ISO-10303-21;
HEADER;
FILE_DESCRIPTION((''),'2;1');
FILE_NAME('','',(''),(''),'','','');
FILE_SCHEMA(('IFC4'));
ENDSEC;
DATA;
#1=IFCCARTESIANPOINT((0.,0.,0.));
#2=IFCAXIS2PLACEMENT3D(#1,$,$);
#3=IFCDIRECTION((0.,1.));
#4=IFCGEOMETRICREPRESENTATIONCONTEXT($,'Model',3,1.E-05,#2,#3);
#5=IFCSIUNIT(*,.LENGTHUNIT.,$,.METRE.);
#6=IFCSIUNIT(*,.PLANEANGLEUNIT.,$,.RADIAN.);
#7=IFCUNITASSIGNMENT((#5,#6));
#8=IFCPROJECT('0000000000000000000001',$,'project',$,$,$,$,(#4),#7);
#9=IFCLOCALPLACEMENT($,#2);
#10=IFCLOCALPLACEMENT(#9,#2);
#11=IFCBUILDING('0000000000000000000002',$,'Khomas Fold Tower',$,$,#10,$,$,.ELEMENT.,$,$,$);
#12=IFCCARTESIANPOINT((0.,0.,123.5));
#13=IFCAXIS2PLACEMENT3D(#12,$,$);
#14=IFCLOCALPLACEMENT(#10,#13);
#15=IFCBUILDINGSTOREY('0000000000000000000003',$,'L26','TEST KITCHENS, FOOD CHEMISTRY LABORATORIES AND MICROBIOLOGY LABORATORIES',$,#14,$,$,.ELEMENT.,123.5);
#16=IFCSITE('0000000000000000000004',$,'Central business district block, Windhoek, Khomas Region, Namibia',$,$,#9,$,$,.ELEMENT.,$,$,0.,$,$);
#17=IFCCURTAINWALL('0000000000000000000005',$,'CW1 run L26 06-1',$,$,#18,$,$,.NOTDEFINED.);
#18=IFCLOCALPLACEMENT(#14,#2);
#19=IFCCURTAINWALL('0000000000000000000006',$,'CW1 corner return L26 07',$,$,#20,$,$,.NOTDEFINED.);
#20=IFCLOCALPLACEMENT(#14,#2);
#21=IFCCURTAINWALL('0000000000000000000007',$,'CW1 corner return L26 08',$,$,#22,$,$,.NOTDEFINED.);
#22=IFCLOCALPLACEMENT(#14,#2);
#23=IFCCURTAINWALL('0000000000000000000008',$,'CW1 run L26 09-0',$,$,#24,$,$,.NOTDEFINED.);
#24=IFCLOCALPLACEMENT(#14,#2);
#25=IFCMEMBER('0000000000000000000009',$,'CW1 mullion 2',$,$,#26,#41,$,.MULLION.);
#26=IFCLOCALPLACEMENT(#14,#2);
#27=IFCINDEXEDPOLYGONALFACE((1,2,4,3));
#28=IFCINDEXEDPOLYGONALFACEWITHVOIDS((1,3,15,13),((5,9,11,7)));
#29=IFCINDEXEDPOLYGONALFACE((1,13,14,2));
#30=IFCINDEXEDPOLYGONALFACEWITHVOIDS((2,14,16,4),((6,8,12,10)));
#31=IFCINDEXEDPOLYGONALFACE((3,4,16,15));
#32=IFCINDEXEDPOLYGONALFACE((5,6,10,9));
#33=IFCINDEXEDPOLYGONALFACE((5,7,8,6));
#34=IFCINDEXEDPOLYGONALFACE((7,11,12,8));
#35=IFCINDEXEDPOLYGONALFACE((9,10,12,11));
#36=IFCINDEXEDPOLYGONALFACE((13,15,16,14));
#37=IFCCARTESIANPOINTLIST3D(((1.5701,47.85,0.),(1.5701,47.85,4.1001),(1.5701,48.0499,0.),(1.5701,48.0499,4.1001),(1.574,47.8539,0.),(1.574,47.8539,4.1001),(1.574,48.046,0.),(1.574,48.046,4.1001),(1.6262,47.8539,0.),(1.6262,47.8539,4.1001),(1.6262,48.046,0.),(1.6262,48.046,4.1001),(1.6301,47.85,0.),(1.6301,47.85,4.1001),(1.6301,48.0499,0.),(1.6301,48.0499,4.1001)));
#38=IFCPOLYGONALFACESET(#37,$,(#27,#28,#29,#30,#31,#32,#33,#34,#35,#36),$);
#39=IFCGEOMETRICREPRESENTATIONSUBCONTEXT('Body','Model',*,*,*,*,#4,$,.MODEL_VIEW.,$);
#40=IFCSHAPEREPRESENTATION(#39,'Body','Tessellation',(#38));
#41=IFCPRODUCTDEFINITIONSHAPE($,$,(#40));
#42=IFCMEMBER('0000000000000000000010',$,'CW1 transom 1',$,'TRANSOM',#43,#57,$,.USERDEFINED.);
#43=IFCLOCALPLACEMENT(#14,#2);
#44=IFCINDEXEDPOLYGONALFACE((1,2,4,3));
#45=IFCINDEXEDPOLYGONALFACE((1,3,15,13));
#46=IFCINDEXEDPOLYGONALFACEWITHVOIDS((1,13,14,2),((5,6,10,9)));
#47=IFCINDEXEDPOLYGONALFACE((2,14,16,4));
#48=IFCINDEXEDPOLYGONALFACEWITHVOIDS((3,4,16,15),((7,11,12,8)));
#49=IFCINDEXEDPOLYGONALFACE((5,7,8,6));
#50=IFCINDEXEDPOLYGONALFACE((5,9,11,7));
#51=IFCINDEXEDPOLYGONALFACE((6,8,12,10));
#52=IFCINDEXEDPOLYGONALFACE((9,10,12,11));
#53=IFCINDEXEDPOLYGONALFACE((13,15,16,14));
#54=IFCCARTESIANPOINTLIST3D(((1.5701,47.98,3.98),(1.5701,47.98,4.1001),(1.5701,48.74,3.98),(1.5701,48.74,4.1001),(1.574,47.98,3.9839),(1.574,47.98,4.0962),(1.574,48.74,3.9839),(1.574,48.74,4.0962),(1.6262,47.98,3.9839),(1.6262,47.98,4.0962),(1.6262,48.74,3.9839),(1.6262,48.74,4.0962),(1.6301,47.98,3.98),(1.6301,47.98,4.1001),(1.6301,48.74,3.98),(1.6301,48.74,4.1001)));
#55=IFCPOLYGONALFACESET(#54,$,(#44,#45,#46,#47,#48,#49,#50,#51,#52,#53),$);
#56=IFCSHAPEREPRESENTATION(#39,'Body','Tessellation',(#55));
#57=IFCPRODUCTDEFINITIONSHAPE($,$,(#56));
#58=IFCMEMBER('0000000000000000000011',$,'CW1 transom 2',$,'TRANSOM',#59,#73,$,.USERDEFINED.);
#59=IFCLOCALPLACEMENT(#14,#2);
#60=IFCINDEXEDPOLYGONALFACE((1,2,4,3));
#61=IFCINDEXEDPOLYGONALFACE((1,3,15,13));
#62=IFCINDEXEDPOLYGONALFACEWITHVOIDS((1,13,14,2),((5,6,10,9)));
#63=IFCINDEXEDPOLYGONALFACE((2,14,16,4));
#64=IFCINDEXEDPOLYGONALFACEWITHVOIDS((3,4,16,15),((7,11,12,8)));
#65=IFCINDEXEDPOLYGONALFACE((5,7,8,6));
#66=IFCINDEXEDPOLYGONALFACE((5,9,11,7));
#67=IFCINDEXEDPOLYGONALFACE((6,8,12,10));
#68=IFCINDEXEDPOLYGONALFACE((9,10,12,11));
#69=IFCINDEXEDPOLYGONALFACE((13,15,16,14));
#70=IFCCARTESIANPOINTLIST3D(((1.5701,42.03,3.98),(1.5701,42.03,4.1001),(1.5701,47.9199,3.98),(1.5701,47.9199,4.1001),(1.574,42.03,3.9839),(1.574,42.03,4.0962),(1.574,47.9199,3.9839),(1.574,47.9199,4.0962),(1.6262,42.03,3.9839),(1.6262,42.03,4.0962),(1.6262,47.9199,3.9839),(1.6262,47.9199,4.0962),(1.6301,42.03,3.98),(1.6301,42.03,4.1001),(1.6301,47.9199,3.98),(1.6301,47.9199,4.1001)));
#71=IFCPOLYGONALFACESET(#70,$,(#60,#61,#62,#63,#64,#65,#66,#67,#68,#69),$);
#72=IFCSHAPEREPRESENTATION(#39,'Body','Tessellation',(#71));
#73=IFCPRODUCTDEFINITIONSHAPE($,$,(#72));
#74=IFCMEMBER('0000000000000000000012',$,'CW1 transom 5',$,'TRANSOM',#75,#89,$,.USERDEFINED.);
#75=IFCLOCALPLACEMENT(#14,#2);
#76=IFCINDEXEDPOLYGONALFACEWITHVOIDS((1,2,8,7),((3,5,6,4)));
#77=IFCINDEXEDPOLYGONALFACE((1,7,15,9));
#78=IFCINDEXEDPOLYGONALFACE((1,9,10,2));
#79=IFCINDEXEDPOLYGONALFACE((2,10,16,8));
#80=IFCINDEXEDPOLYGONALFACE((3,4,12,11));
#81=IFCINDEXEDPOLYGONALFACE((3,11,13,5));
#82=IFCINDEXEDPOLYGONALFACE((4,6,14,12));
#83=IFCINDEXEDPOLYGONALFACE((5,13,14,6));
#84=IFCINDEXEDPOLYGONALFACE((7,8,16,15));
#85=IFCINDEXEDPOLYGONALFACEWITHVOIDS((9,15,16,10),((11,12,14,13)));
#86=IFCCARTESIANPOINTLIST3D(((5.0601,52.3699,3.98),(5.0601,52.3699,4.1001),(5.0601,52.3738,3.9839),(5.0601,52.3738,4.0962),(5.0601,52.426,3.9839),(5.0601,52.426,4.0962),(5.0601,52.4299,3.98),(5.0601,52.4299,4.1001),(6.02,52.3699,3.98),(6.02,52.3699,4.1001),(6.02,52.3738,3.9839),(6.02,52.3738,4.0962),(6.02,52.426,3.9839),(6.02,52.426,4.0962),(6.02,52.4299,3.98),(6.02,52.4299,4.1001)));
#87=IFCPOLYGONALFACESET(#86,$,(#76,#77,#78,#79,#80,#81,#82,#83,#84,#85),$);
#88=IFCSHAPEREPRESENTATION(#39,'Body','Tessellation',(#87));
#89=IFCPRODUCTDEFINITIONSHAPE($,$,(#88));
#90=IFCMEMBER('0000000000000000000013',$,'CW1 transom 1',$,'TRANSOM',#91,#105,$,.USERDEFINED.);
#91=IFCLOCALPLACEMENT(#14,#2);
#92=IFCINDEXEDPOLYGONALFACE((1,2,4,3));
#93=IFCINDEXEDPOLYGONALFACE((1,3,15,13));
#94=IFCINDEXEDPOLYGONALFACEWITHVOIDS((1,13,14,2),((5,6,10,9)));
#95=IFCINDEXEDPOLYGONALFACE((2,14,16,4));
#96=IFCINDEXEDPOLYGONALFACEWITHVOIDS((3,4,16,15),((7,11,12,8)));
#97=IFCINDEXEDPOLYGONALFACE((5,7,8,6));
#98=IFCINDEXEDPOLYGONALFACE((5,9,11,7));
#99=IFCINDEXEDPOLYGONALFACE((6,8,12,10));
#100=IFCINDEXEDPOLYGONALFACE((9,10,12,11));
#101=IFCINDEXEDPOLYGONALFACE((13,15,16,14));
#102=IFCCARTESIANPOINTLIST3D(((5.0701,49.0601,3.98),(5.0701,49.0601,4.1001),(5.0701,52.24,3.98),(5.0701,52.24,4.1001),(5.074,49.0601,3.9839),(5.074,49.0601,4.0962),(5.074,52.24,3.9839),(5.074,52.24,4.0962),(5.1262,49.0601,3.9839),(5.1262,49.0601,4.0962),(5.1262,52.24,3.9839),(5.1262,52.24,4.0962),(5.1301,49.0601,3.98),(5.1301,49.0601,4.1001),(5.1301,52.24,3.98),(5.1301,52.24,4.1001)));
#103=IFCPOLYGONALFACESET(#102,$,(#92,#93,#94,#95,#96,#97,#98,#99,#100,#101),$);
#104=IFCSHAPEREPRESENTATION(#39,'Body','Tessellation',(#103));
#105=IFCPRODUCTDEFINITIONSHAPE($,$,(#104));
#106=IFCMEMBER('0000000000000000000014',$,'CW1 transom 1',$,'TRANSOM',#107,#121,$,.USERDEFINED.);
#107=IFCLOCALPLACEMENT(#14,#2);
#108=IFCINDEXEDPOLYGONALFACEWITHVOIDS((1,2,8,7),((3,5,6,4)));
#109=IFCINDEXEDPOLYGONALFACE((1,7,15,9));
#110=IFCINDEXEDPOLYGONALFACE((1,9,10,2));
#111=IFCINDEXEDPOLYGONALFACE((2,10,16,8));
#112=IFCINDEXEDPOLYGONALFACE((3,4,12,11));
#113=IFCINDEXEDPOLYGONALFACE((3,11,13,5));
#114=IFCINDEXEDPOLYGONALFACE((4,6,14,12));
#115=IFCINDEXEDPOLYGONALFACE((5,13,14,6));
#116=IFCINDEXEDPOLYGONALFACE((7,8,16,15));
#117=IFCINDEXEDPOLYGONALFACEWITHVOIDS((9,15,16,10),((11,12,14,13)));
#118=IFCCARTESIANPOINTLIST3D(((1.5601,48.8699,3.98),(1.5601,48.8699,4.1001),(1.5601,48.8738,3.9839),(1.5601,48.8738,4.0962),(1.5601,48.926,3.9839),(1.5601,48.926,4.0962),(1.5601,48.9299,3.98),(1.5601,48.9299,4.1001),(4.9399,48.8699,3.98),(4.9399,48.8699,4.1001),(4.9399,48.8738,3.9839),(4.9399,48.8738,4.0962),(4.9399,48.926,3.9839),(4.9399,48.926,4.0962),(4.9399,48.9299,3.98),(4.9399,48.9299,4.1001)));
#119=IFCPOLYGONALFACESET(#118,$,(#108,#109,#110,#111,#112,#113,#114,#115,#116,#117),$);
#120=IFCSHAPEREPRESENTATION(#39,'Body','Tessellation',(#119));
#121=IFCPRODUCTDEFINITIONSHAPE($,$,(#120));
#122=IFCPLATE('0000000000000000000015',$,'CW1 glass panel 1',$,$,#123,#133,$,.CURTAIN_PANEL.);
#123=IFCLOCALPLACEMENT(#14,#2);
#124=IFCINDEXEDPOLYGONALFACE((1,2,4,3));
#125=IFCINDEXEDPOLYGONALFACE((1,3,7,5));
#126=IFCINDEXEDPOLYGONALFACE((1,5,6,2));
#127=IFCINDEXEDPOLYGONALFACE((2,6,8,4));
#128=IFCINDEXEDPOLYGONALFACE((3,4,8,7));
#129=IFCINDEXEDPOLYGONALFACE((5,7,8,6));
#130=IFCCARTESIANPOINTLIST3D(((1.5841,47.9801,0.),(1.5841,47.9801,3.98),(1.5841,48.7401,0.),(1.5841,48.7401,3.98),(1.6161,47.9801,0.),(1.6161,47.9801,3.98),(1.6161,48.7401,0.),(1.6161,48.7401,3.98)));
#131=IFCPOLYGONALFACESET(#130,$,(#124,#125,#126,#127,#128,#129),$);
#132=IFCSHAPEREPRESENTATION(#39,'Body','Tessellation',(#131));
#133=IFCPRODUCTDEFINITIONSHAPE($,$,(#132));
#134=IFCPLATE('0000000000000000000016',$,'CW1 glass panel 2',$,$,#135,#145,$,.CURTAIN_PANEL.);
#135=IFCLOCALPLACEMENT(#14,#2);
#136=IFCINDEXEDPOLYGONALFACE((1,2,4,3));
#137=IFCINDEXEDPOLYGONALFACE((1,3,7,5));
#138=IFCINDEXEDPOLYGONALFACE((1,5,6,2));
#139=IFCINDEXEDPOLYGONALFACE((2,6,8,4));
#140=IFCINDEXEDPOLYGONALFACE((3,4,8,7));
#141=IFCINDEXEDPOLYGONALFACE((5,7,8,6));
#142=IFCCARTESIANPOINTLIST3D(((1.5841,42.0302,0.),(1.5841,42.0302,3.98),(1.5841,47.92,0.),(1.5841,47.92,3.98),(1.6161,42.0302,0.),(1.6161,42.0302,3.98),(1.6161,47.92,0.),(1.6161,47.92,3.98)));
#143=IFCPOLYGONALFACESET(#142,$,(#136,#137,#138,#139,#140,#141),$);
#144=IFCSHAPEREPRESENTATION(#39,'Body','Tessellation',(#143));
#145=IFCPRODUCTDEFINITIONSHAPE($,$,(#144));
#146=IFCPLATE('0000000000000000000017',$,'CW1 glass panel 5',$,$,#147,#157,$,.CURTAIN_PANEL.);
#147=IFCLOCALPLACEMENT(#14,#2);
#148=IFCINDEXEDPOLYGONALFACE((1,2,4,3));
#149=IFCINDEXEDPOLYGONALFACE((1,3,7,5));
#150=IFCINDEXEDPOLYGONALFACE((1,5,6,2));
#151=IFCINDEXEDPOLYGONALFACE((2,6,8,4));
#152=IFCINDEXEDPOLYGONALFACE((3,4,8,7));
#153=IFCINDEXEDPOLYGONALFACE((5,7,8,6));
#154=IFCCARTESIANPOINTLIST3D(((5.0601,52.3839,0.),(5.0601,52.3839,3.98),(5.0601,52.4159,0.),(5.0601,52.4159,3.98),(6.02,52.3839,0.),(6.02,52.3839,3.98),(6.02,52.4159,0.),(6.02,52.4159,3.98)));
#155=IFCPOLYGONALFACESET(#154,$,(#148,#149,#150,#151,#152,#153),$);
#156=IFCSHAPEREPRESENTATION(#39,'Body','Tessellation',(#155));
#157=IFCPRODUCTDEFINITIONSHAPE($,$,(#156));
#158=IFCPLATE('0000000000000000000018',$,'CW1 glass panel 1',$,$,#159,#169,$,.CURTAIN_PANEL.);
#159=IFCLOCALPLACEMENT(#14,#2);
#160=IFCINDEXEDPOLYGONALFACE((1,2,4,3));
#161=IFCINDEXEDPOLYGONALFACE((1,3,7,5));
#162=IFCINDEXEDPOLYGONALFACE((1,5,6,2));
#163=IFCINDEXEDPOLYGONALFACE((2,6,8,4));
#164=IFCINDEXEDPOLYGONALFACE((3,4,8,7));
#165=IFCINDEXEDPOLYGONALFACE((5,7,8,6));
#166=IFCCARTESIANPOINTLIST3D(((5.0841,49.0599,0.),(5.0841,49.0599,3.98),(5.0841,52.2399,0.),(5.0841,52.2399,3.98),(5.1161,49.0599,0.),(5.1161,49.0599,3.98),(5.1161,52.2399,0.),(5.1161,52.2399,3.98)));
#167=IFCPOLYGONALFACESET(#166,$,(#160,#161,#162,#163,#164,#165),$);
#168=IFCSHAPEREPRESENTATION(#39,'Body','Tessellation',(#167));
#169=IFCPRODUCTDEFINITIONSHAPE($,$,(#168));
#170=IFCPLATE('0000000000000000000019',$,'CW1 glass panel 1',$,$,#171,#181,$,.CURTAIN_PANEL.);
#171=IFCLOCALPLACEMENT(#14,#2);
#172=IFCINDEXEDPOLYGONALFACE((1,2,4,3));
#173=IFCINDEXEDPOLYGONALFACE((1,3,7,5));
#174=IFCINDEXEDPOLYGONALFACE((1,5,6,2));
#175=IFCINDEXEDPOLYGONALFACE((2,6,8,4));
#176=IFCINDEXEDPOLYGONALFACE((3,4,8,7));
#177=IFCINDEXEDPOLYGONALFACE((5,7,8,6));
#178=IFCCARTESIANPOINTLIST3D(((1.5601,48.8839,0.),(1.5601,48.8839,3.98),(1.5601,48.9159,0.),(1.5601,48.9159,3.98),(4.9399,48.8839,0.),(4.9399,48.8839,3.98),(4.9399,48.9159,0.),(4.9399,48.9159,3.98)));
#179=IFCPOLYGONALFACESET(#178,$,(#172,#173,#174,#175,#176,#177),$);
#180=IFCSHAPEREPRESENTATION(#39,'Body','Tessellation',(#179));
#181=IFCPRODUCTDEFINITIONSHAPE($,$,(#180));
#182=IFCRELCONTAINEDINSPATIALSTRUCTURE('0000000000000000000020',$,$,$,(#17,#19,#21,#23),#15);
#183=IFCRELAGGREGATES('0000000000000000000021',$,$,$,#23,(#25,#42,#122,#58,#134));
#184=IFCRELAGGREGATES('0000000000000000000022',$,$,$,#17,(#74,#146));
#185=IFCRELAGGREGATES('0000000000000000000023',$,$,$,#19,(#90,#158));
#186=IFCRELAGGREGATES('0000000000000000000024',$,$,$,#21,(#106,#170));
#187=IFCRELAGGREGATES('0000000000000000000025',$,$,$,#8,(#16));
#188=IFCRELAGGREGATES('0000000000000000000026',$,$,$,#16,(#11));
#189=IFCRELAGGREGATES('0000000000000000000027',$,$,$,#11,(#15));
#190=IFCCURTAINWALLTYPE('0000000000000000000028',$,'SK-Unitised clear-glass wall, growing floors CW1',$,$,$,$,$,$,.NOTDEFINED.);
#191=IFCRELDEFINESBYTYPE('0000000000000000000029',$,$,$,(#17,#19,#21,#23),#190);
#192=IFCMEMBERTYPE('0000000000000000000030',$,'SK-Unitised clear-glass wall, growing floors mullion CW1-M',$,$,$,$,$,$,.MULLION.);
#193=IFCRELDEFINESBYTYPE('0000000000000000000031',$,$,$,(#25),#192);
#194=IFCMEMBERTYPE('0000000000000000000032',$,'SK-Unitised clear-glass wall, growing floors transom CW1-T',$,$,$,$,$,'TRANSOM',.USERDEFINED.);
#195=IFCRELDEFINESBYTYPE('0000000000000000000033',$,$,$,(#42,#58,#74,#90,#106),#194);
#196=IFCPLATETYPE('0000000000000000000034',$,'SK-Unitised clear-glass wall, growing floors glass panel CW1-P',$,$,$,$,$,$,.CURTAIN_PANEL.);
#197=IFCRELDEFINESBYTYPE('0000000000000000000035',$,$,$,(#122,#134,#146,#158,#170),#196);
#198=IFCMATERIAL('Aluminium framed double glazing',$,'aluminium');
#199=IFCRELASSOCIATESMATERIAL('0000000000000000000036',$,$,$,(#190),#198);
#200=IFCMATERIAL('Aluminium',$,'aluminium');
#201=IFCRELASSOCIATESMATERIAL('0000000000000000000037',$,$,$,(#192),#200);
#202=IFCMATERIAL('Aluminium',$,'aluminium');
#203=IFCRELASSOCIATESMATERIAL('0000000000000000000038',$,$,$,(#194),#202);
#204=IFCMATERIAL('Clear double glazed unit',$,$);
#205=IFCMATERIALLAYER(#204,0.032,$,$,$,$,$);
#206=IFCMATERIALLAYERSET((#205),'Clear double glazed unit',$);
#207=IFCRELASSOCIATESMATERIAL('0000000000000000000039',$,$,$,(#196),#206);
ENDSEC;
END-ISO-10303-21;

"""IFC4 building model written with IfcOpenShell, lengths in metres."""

from ifc_helpers import new_model, si_unit, direction, frame, origin, origin_2d, place, context, subcontext, project, spatial, rectangle, hollow_rectangle, extrude, source, transform, mapped, material, layer, layer_set, material_profile, profile_set, type_object, element, aggregate, save


model = new_model("IFC4")

# Units and contexts
model_context = context("Model", 3, precision=1e-05, world=origin(), true_north=direction((0.0, 1.0)))
body_context = subcontext(model_context, "Body", "Model", "MODEL_VIEW")
ifc_project = project(units=[si_unit("LENGTHUNIT", "METRE"), si_unit("PLANEANGLEUNIT", "RADIAN")], contexts=[model_context])

# Site, building, storey
site_placement = place(None, origin())
site = spatial("IfcSite", under=ifc_project, at=site_placement, Name="Central business district block, Windhoek, Khomas Region, Namibia", CompositionType="ELEMENT", RefElevation=0.0)
building_placement = place(site_placement, origin())
building = spatial("IfcBuilding", under=site, at=building_placement, Name="Khomas Fold Tower", CompositionType="ELEMENT")
storey_placement = place(building_placement, frame((0.0, 0.0, 123.5)))
storey = spatial("IfcBuildingStorey", under=building, at=storey_placement, Name="L26", Description="TEST KITCHENS, FOOD CHEMISTRY LABORATORIES AND MICROBIOLOGY LABORATORIES", CompositionType="ELEMENT", Elevation=123.5)

# Curtain wall
ifc_material_1 = material(Name="Aluminium framed double glazing", Category="aluminium")
curtain_wall_type = type_object("IfcCurtainWallType", Name="SK-Unitised clear-glass wall, growing floors CW1", PredefinedType="NOTDEFINED", material=ifc_material_1)
curtain_wall_1_placement = place(storey_placement, origin())
curtain_wall_1 = element("IfcCurtainWall", 1, at=curtain_wall_1_placement, inside=storey, type_object=curtain_wall_type, Name="CW1 run L26 06-1", PredefinedType="NOTDEFINED")
ifc_material_2 = material(Name="Aluminium", Category="aluminium")
ifc_material_profile_1 = material_profile(ifc_material_2, hollow_rectangle(XDim=0.0601, YDim=0.2, WallThickness=0.0039, at=origin_2d()), Name="SK-Unitised clear-glass wall, growing floors mullion CW1-M")
ifc_profile_set_1 = profile_set([ifc_material_profile_1], Name="Aluminium")
member_type_1 = type_object("IfcMemberType", Name="SK-Unitised clear-glass wall, growing floors mullion CW1-M", PredefinedType="MULLION", material=ifc_profile_set_1)
shared_shape_1 = source(origin(), body_context, "Body", "SweptSolid", [
    extrude(hollow_rectangle(XDim=0.0601, YDim=0.2, WallThickness=0.0039, at=origin_2d()), origin(), (0.0, 0.0, 1.0), 4.1001),
])

# Curtain walls, members
curtain_wall_2_placement = place(storey_placement, origin())
curtain_wall_2 = element("IfcCurtainWall", 2, at=curtain_wall_2_placement, inside=storey, type_object=curtain_wall_type, Name="CW1 corner return L26 07", PredefinedType="NOTDEFINED")
curtain_wall_3_placement = place(storey_placement, origin())
curtain_wall_3 = element("IfcCurtainWall", 3, at=curtain_wall_3_placement, inside=storey, type_object=curtain_wall_type, Name="CW1 corner return L26 08", PredefinedType="NOTDEFINED")
curtain_wall_4_placement = place(storey_placement, origin())
curtain_wall_4 = element("IfcCurtainWall", 4, at=curtain_wall_4_placement, inside=storey, type_object=curtain_wall_type, Name="CW1 run L26 09-0", PredefinedType="NOTDEFINED")
member_1_placement = place(storey_placement, frame((1.6001, 47.95, 0.0), z_axis=(0.0, 0.0, 1.0), x_axis=(1.0, 0.0, 0.0)))
member_1 = element("IfcMember", 5, at=member_1_placement, type_object=member_type_1, Name="CW1 mullion 2", PredefinedType="MULLION", context=body_context, shape_type="MappedRepresentation", body=[
    mapped(shared_shape_1, transform((0.0, 0.0, 0.0))),
])
ifc_material_3 = material(Name="Aluminium", Category="aluminium")
ifc_material_profile_2 = material_profile(ifc_material_3, hollow_rectangle(XDim=0.0601, YDim=0.1201, WallThickness=0.0039, at=origin_2d()), Name="SK-Unitised clear-glass wall, growing floors transom CW1-T")
ifc_profile_set_2 = profile_set([ifc_material_profile_2], Name="Aluminium")
member_type_2 = type_object("IfcMemberType", Name="SK-Unitised clear-glass wall, growing floors transom CW1-T", ElementType="TRANSOM", PredefinedType="USERDEFINED", material=ifc_profile_set_2)
shared_shape_2 = source(origin(), body_context, "Body", "SweptSolid", [
    extrude(hollow_rectangle(XDim=0.0601, YDim=0.1201, WallThickness=0.0039, at=origin_2d()), origin(), (0.0, 0.0, 1.0), 0.76),
])
member_2_placement = place(storey_placement, frame((1.6001, 48.74, 4.04), z_axis=(0.0, -1.0, 0.0), x_axis=(1.0, 0.0, 0.0)))
member_2 = element("IfcMember", 6, at=member_2_placement, type_object=member_type_2, Name="CW1 transom 1", ObjectType="TRANSOM", PredefinedType="USERDEFINED", context=body_context, shape_type="MappedRepresentation", body=[
    mapped(shared_shape_2, transform((0.0, 0.0, 0.0))),
])
shared_shape_3 = source(origin(), body_context, "Body", "SweptSolid", [
    extrude(hollow_rectangle(XDim=0.0601, YDim=0.1201, WallThickness=0.0039, at=origin_2d()), origin(), (0.0, 0.0, 1.0), 5.8899),
])
member_3_placement = place(storey_placement, frame((1.6001, 47.9199, 4.04), z_axis=(0.0, -1.0, 0.0), x_axis=(1.0, 0.0, 0.0)))
member_3 = element("IfcMember", 7, at=member_3_placement, type_object=member_type_2, Name="CW1 transom 2", ObjectType="TRANSOM", PredefinedType="USERDEFINED", context=body_context, shape_type="MappedRepresentation", body=[
    mapped(shared_shape_3, transform((0.0, 0.0, 0.0))),
])

# Members
shared_shape_4 = source(origin(), body_context, "Body", "SweptSolid", [
    extrude(hollow_rectangle(XDim=0.0601, YDim=0.1201, WallThickness=0.0039, at=origin_2d()), origin(), (0.0, 0.0, 1.0), 0.96),
])
member_4_placement = place(storey_placement, frame((6.02, 52.3999, 4.04), z_axis=(-1.0, 0.0, 0.0), x_axis=(0.0, -1.0, 0.0)))
member_4 = element("IfcMember", 8, at=member_4_placement, type_object=member_type_2, Name="CW1 transom 5", ObjectType="TRANSOM", PredefinedType="USERDEFINED", context=body_context, shape_type="MappedRepresentation", body=[
    mapped(shared_shape_4, transform((0.0, 0.0, 0.0))),
])
shared_shape_5 = source(origin(), body_context, "Body", "SweptSolid", [
    extrude(hollow_rectangle(XDim=0.0601, YDim=0.1201, WallThickness=0.0039, at=origin_2d()), origin(), (0.0, 0.0, 1.0), 3.1799),
])
member_5_placement = place(storey_placement, frame((5.1001, 52.24, 4.04), z_axis=(0.0, -1.0, 0.0), x_axis=(1.0, 0.0, 0.0)))
member_5 = element("IfcMember", 9, at=member_5_placement, type_object=member_type_2, Name="CW1 transom 1", ObjectType="TRANSOM", PredefinedType="USERDEFINED", context=body_context, shape_type="MappedRepresentation", body=[
    mapped(shared_shape_5, transform((0.0, 0.0, 0.0))),
])
shared_shape_6 = source(origin(), body_context, "Body", "SweptSolid", [
    extrude(hollow_rectangle(XDim=0.0601, YDim=0.1201, WallThickness=0.0039, at=origin_2d()), origin(), (0.0, 0.0, 1.0), 3.3799),
])
member_6_placement = place(storey_placement, frame((4.9399, 48.8999, 4.04), z_axis=(-1.0, 0.0, 0.0), x_axis=(0.0, -1.0, 0.0)))
member_6 = element("IfcMember", 10, at=member_6_placement, type_object=member_type_2, Name="CW1 transom 1", ObjectType="TRANSOM", PredefinedType="USERDEFINED", context=body_context, shape_type="MappedRepresentation", body=[
    mapped(shared_shape_6, transform((0.0, 0.0, 0.0))),
])

# Plates
ifc_material_4 = material(Name="Clear double glazed unit")
ifc_layer_1 = layer(ifc_material_4, 0.032)
ifc_layer_set_1 = layer_set([ifc_layer_1], Name="Clear double glazed unit")
plate_type = type_object("IfcPlateType", Name="SK-Unitised clear-glass wall, growing floors glass panel CW1-P", PredefinedType="CURTAIN_PANEL", material=ifc_layer_set_1)
shared_shape_7 = source(origin(), body_context, "Body", "SweptSolid", [
    extrude(rectangle(XDim=0.76, YDim=0.032, at=origin_2d()), origin(), (0.0, 0.0, 1.0), 3.98),
])
plate_1_placement = place(storey_placement, frame((1.6001, 48.3601, 0.0), z_axis=(0.0, 0.0, 1.0), x_axis=(0.0, -1.0, 0.0)))
plate_1 = element("IfcPlate", 11, at=plate_1_placement, type_object=plate_type, Name="CW1 glass panel 1", PredefinedType="CURTAIN_PANEL", context=body_context, shape_type="MappedRepresentation", body=[
    mapped(shared_shape_7, transform((0.0, 0.0, 0.0))),
])
shared_shape_8 = source(origin(), body_context, "Body", "SweptSolid", [
    extrude(rectangle(XDim=5.8899, YDim=0.032, at=origin_2d()), origin(), (0.0, 0.0, 1.0), 3.98),
])
plate_2_placement = place(storey_placement, frame((1.6001, 44.9751, 0.0), z_axis=(0.0, 0.0, 1.0), x_axis=(0.0, -1.0, 0.0)))
plate_2 = element("IfcPlate", 12, at=plate_2_placement, type_object=plate_type, Name="CW1 glass panel 2", PredefinedType="CURTAIN_PANEL", context=body_context, shape_type="MappedRepresentation", body=[
    mapped(shared_shape_8, transform((0.0, 0.0, 0.0))),
])
aggregate(curtain_wall_4, [member_1, member_2, plate_1, member_3, plate_2])
shared_shape_9 = source(origin(), body_context, "Body", "SweptSolid", [
    extrude(rectangle(XDim=0.96, YDim=0.032, at=origin_2d()), origin(), (0.0, 0.0, 1.0), 3.98),
])
plate_3_placement = place(storey_placement, frame((5.54, 52.3999, 0.0), z_axis=(0.0, 0.0, 1.0), x_axis=(-1.0, 0.0, 0.0)))
plate_3 = element("IfcPlate", 13, at=plate_3_placement, type_object=plate_type, Name="CW1 glass panel 5", PredefinedType="CURTAIN_PANEL", context=body_context, shape_type="MappedRepresentation", body=[
    mapped(shared_shape_9, transform((0.0, 0.0, 0.0))),
])
aggregate(curtain_wall_1, [member_4, plate_3])
shared_shape_10 = source(origin(), body_context, "Body", "SweptSolid", [
    extrude(rectangle(XDim=3.1799, YDim=0.032, at=origin_2d()), origin(), (0.0, 0.0, 1.0), 3.98),
])
plate_4_placement = place(storey_placement, frame((5.1001, 50.6499, 0.0), z_axis=(0.0, 0.0, 1.0), x_axis=(0.0, -1.0, 0.0)))
plate_4 = element("IfcPlate", 14, at=plate_4_placement, type_object=plate_type, Name="CW1 glass panel 1", PredefinedType="CURTAIN_PANEL", context=body_context, shape_type="MappedRepresentation", body=[
    mapped(shared_shape_10, transform((0.0, 0.0, 0.0))),
])
aggregate(curtain_wall_2, [member_5, plate_4])
shared_shape_11 = source(origin(), body_context, "Body", "SweptSolid", [
    extrude(rectangle(XDim=3.3799, YDim=0.032, at=origin_2d()), origin(), (0.0, 0.0, 1.0), 3.98),
])
plate_5_placement = place(storey_placement, frame((3.25, 48.8999, 0.0), z_axis=(0.0, 0.0, 1.0), x_axis=(-1.0, 0.0, 0.0)))
plate_5 = element("IfcPlate", 15, at=plate_5_placement, type_object=plate_type, Name="CW1 glass panel 1", PredefinedType="CURTAIN_PANEL", context=body_context, shape_type="MappedRepresentation", body=[
    mapped(shared_shape_11, transform((0.0, 0.0, 0.0))),
])
aggregate(curtain_wall_3, [member_6, plate_5])

save(model, "model.ifc")
